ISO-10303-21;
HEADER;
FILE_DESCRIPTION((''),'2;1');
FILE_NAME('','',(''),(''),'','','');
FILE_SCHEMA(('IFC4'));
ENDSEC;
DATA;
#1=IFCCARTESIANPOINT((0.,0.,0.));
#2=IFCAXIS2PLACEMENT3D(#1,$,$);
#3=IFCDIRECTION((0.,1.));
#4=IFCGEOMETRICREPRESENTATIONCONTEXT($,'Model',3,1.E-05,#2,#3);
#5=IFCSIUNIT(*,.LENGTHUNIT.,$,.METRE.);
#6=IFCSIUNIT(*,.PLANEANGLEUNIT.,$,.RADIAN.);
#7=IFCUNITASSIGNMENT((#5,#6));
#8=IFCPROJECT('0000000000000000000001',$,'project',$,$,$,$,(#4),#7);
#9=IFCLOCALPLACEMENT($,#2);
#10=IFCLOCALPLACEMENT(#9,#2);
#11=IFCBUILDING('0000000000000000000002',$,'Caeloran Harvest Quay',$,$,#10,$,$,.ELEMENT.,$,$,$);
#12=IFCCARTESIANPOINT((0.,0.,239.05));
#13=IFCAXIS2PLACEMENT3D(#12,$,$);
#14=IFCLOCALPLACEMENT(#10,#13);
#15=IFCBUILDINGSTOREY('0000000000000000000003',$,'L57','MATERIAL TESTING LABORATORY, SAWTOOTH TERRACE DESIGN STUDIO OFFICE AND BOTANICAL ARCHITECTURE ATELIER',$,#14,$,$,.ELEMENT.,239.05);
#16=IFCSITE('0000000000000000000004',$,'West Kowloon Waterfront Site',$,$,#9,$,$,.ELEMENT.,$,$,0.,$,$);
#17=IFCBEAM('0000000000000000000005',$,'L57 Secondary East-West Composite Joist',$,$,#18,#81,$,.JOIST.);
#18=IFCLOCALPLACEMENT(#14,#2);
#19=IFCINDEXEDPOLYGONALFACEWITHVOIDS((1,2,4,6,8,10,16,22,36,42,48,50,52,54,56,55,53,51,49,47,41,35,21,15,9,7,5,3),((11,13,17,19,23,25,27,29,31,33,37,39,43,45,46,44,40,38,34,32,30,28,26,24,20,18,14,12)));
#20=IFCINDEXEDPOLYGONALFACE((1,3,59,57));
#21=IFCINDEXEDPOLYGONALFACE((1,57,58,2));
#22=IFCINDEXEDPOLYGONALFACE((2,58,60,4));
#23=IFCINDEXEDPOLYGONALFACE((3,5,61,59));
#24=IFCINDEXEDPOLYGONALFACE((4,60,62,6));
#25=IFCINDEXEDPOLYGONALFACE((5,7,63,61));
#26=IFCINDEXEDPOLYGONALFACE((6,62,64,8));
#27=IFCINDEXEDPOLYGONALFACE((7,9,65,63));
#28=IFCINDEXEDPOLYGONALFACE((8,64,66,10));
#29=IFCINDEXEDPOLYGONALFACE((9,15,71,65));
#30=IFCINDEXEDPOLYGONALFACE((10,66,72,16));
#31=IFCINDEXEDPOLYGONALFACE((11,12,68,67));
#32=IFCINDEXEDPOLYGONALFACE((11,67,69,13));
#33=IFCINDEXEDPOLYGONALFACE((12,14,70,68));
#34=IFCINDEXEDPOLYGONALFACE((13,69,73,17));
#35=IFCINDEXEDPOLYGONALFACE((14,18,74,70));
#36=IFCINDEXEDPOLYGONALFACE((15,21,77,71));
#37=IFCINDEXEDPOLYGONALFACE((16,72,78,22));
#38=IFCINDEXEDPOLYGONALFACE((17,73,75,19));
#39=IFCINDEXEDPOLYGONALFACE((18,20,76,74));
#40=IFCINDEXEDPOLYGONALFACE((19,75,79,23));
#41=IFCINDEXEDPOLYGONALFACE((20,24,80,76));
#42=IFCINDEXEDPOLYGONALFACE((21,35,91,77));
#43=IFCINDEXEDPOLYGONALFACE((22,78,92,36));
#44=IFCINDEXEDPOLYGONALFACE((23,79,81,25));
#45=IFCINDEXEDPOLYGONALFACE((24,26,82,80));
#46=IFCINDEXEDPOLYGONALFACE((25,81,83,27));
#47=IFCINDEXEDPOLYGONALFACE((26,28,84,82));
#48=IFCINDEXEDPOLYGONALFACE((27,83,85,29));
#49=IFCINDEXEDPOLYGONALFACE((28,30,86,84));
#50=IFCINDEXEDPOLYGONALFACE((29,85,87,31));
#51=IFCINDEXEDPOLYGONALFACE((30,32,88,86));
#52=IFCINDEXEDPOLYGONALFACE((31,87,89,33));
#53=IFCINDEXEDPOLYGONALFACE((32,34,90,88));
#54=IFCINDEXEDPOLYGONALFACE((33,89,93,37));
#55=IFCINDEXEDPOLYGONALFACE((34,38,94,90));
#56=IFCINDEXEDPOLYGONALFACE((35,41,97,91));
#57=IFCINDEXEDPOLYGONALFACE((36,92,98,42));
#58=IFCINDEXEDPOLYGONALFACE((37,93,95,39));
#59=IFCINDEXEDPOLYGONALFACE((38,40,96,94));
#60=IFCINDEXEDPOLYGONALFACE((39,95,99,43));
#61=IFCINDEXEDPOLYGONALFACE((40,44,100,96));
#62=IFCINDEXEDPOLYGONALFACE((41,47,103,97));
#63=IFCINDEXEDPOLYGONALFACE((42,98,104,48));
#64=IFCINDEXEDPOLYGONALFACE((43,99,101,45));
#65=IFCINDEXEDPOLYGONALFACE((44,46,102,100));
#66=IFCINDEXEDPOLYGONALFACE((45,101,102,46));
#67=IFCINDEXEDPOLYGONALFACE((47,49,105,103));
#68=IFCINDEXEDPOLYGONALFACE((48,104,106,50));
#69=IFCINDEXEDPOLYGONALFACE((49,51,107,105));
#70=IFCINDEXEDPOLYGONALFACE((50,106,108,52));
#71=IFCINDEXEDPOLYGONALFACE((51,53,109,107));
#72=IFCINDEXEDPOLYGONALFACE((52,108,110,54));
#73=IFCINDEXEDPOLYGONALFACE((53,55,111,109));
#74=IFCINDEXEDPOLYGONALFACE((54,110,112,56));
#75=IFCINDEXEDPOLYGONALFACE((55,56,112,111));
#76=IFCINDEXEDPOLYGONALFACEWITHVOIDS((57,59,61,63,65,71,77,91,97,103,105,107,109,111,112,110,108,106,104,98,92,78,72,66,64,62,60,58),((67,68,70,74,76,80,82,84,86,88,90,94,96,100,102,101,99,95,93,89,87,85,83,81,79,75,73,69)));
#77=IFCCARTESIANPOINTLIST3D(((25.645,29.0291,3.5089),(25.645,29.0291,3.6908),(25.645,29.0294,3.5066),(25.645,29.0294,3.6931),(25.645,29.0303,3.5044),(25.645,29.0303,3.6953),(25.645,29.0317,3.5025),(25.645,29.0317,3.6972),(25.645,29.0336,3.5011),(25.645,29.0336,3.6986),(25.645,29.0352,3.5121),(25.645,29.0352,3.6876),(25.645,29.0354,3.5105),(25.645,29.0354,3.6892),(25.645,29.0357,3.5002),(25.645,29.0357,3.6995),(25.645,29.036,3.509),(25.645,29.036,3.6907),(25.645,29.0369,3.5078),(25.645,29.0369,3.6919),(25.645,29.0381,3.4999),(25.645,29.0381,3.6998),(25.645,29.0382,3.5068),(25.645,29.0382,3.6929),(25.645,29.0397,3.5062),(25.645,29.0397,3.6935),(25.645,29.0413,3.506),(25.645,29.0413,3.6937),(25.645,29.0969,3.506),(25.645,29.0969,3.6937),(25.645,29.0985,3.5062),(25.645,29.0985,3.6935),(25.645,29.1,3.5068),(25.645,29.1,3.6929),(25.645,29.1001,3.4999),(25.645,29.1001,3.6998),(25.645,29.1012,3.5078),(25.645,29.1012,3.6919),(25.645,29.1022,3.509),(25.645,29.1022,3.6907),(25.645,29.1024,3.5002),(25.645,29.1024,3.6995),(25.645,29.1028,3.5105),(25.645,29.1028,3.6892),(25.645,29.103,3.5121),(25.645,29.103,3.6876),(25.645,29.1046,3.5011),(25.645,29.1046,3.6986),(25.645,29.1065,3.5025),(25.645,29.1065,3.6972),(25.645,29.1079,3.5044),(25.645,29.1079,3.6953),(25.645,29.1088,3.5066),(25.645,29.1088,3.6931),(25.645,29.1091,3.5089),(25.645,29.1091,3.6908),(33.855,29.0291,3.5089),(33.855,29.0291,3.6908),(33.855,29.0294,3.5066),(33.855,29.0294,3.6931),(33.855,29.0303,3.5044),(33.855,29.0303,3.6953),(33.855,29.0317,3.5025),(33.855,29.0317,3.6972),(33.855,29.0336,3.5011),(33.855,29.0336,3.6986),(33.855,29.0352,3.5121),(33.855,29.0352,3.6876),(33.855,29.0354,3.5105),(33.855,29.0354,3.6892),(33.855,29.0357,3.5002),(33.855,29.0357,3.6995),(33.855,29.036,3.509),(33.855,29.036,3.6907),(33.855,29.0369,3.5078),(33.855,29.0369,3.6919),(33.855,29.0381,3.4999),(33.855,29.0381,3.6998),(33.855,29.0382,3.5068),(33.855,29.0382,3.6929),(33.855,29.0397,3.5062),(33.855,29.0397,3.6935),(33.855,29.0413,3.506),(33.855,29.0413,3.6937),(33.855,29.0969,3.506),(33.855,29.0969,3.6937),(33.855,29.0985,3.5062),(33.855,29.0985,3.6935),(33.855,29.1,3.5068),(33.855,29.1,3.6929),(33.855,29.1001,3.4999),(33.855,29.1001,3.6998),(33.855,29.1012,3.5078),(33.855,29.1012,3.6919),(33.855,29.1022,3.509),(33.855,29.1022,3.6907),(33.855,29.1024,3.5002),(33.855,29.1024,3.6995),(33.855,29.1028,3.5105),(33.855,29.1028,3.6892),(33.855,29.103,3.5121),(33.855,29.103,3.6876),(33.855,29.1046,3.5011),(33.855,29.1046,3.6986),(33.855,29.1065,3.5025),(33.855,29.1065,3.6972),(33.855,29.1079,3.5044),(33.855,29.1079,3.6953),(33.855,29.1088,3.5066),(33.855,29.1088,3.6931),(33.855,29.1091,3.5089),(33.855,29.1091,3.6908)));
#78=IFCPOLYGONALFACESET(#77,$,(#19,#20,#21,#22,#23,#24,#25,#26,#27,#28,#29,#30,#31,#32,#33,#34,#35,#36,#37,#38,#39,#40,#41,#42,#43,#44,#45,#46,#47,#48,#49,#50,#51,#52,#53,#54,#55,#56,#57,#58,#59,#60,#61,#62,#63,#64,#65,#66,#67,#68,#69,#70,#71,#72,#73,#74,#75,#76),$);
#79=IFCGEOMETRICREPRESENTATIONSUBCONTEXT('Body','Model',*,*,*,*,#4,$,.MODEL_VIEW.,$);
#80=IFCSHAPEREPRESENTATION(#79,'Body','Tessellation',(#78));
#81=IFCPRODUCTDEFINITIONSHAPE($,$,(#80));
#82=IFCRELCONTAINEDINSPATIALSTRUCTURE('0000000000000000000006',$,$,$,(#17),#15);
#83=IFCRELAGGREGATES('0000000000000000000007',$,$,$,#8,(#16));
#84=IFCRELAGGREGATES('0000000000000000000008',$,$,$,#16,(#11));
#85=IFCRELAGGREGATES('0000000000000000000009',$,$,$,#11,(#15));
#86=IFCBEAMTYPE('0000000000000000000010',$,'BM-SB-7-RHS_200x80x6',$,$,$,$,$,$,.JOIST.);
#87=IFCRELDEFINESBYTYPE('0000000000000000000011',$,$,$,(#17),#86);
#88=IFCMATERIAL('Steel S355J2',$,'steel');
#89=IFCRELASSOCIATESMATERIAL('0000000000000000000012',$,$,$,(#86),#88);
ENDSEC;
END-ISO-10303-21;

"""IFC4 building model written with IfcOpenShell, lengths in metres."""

from ifc_helpers import new_model, si_unit, direction, frame, origin, origin_2d, place, context, subcontext, project, spatial, hollow_rectangle, extrude, material, material_profile, profile_set, type_object, element, save


model = new_model("IFC4")

# Units and contexts
model_context = context("Model", 3, precision=1e-05, world=origin(), true_north=direction((0.0, 1.0)))
body_context = subcontext(model_context, "Body", "Model", "MODEL_VIEW")
ifc_project = project(units=[si_unit("LENGTHUNIT", "METRE"), si_unit("PLANEANGLEUNIT", "RADIAN")], contexts=[model_context])

# Site, building, storey
site_placement = place(None, origin())
site = spatial("IfcSite", under=ifc_project, at=site_placement, Name="West Kowloon Waterfront Site", CompositionType="ELEMENT", RefElevation=0.0)
building_placement = place(site_placement, origin())
building = spatial("IfcBuilding", under=site, at=building_placement, Name="Caeloran Harvest Quay", CompositionType="ELEMENT")
storey_placement = place(building_placement, frame((0.0, 0.0, 239.05)))
storey = spatial("IfcBuildingStorey", under=building, at=storey_placement, Name="L57", Description="MATERIAL TESTING LABORATORY, SAWTOOTH TERRACE DESIGN STUDIO OFFICE AND BOTANICAL ARCHITECTURE ATELIER", CompositionType="ELEMENT", Elevation=239.05)

# Beam
ifc_material = material(Name="Steel S355J2", Category="steel")
ifc_material_profile_1 = material_profile(ifc_material, hollow_rectangle(XDim=0.0801, YDim=0.2, WallThickness=0.0061, InnerFilletRadius=0.0061, OuterFilletRadius=0.009, at=origin_2d()), Name="RHS 200x80x6")
ifc_profile_set_1 = profile_set([ifc_material_profile_1], Name="Steel S355J2")
beam_type_1 = type_object("IfcBeamType", Name="BM-SB-7-RHS_200x80x6", PredefinedType="JOIST", material=ifc_profile_set_1)
for number, where, z_axis, x_axis, name in (
    (1, (25.645, 29.0691, 3.5999), (1.0, 0.0, 0.0), (0.0, 1.0, 0.0), "L57 Secondary East-West Composite Joist"),
):
    element("IfcBeam", number, at=place(storey_placement, frame(where, z_axis=z_axis, x_axis=x_axis)), inside=storey, type_object=beam_type_1, Name=name, PredefinedType="JOIST", context=body_context, shape_type="SweptSolid", body=[
        extrude(hollow_rectangle(XDim=0.0801, YDim=0.2, WallThickness=0.0061, InnerFilletRadius=0.0061, OuterFilletRadius=0.009, at=origin_2d()), origin(), (0.0, 0.0, 1.0), 8.21),
    ])

save(model, "model.ifc")
